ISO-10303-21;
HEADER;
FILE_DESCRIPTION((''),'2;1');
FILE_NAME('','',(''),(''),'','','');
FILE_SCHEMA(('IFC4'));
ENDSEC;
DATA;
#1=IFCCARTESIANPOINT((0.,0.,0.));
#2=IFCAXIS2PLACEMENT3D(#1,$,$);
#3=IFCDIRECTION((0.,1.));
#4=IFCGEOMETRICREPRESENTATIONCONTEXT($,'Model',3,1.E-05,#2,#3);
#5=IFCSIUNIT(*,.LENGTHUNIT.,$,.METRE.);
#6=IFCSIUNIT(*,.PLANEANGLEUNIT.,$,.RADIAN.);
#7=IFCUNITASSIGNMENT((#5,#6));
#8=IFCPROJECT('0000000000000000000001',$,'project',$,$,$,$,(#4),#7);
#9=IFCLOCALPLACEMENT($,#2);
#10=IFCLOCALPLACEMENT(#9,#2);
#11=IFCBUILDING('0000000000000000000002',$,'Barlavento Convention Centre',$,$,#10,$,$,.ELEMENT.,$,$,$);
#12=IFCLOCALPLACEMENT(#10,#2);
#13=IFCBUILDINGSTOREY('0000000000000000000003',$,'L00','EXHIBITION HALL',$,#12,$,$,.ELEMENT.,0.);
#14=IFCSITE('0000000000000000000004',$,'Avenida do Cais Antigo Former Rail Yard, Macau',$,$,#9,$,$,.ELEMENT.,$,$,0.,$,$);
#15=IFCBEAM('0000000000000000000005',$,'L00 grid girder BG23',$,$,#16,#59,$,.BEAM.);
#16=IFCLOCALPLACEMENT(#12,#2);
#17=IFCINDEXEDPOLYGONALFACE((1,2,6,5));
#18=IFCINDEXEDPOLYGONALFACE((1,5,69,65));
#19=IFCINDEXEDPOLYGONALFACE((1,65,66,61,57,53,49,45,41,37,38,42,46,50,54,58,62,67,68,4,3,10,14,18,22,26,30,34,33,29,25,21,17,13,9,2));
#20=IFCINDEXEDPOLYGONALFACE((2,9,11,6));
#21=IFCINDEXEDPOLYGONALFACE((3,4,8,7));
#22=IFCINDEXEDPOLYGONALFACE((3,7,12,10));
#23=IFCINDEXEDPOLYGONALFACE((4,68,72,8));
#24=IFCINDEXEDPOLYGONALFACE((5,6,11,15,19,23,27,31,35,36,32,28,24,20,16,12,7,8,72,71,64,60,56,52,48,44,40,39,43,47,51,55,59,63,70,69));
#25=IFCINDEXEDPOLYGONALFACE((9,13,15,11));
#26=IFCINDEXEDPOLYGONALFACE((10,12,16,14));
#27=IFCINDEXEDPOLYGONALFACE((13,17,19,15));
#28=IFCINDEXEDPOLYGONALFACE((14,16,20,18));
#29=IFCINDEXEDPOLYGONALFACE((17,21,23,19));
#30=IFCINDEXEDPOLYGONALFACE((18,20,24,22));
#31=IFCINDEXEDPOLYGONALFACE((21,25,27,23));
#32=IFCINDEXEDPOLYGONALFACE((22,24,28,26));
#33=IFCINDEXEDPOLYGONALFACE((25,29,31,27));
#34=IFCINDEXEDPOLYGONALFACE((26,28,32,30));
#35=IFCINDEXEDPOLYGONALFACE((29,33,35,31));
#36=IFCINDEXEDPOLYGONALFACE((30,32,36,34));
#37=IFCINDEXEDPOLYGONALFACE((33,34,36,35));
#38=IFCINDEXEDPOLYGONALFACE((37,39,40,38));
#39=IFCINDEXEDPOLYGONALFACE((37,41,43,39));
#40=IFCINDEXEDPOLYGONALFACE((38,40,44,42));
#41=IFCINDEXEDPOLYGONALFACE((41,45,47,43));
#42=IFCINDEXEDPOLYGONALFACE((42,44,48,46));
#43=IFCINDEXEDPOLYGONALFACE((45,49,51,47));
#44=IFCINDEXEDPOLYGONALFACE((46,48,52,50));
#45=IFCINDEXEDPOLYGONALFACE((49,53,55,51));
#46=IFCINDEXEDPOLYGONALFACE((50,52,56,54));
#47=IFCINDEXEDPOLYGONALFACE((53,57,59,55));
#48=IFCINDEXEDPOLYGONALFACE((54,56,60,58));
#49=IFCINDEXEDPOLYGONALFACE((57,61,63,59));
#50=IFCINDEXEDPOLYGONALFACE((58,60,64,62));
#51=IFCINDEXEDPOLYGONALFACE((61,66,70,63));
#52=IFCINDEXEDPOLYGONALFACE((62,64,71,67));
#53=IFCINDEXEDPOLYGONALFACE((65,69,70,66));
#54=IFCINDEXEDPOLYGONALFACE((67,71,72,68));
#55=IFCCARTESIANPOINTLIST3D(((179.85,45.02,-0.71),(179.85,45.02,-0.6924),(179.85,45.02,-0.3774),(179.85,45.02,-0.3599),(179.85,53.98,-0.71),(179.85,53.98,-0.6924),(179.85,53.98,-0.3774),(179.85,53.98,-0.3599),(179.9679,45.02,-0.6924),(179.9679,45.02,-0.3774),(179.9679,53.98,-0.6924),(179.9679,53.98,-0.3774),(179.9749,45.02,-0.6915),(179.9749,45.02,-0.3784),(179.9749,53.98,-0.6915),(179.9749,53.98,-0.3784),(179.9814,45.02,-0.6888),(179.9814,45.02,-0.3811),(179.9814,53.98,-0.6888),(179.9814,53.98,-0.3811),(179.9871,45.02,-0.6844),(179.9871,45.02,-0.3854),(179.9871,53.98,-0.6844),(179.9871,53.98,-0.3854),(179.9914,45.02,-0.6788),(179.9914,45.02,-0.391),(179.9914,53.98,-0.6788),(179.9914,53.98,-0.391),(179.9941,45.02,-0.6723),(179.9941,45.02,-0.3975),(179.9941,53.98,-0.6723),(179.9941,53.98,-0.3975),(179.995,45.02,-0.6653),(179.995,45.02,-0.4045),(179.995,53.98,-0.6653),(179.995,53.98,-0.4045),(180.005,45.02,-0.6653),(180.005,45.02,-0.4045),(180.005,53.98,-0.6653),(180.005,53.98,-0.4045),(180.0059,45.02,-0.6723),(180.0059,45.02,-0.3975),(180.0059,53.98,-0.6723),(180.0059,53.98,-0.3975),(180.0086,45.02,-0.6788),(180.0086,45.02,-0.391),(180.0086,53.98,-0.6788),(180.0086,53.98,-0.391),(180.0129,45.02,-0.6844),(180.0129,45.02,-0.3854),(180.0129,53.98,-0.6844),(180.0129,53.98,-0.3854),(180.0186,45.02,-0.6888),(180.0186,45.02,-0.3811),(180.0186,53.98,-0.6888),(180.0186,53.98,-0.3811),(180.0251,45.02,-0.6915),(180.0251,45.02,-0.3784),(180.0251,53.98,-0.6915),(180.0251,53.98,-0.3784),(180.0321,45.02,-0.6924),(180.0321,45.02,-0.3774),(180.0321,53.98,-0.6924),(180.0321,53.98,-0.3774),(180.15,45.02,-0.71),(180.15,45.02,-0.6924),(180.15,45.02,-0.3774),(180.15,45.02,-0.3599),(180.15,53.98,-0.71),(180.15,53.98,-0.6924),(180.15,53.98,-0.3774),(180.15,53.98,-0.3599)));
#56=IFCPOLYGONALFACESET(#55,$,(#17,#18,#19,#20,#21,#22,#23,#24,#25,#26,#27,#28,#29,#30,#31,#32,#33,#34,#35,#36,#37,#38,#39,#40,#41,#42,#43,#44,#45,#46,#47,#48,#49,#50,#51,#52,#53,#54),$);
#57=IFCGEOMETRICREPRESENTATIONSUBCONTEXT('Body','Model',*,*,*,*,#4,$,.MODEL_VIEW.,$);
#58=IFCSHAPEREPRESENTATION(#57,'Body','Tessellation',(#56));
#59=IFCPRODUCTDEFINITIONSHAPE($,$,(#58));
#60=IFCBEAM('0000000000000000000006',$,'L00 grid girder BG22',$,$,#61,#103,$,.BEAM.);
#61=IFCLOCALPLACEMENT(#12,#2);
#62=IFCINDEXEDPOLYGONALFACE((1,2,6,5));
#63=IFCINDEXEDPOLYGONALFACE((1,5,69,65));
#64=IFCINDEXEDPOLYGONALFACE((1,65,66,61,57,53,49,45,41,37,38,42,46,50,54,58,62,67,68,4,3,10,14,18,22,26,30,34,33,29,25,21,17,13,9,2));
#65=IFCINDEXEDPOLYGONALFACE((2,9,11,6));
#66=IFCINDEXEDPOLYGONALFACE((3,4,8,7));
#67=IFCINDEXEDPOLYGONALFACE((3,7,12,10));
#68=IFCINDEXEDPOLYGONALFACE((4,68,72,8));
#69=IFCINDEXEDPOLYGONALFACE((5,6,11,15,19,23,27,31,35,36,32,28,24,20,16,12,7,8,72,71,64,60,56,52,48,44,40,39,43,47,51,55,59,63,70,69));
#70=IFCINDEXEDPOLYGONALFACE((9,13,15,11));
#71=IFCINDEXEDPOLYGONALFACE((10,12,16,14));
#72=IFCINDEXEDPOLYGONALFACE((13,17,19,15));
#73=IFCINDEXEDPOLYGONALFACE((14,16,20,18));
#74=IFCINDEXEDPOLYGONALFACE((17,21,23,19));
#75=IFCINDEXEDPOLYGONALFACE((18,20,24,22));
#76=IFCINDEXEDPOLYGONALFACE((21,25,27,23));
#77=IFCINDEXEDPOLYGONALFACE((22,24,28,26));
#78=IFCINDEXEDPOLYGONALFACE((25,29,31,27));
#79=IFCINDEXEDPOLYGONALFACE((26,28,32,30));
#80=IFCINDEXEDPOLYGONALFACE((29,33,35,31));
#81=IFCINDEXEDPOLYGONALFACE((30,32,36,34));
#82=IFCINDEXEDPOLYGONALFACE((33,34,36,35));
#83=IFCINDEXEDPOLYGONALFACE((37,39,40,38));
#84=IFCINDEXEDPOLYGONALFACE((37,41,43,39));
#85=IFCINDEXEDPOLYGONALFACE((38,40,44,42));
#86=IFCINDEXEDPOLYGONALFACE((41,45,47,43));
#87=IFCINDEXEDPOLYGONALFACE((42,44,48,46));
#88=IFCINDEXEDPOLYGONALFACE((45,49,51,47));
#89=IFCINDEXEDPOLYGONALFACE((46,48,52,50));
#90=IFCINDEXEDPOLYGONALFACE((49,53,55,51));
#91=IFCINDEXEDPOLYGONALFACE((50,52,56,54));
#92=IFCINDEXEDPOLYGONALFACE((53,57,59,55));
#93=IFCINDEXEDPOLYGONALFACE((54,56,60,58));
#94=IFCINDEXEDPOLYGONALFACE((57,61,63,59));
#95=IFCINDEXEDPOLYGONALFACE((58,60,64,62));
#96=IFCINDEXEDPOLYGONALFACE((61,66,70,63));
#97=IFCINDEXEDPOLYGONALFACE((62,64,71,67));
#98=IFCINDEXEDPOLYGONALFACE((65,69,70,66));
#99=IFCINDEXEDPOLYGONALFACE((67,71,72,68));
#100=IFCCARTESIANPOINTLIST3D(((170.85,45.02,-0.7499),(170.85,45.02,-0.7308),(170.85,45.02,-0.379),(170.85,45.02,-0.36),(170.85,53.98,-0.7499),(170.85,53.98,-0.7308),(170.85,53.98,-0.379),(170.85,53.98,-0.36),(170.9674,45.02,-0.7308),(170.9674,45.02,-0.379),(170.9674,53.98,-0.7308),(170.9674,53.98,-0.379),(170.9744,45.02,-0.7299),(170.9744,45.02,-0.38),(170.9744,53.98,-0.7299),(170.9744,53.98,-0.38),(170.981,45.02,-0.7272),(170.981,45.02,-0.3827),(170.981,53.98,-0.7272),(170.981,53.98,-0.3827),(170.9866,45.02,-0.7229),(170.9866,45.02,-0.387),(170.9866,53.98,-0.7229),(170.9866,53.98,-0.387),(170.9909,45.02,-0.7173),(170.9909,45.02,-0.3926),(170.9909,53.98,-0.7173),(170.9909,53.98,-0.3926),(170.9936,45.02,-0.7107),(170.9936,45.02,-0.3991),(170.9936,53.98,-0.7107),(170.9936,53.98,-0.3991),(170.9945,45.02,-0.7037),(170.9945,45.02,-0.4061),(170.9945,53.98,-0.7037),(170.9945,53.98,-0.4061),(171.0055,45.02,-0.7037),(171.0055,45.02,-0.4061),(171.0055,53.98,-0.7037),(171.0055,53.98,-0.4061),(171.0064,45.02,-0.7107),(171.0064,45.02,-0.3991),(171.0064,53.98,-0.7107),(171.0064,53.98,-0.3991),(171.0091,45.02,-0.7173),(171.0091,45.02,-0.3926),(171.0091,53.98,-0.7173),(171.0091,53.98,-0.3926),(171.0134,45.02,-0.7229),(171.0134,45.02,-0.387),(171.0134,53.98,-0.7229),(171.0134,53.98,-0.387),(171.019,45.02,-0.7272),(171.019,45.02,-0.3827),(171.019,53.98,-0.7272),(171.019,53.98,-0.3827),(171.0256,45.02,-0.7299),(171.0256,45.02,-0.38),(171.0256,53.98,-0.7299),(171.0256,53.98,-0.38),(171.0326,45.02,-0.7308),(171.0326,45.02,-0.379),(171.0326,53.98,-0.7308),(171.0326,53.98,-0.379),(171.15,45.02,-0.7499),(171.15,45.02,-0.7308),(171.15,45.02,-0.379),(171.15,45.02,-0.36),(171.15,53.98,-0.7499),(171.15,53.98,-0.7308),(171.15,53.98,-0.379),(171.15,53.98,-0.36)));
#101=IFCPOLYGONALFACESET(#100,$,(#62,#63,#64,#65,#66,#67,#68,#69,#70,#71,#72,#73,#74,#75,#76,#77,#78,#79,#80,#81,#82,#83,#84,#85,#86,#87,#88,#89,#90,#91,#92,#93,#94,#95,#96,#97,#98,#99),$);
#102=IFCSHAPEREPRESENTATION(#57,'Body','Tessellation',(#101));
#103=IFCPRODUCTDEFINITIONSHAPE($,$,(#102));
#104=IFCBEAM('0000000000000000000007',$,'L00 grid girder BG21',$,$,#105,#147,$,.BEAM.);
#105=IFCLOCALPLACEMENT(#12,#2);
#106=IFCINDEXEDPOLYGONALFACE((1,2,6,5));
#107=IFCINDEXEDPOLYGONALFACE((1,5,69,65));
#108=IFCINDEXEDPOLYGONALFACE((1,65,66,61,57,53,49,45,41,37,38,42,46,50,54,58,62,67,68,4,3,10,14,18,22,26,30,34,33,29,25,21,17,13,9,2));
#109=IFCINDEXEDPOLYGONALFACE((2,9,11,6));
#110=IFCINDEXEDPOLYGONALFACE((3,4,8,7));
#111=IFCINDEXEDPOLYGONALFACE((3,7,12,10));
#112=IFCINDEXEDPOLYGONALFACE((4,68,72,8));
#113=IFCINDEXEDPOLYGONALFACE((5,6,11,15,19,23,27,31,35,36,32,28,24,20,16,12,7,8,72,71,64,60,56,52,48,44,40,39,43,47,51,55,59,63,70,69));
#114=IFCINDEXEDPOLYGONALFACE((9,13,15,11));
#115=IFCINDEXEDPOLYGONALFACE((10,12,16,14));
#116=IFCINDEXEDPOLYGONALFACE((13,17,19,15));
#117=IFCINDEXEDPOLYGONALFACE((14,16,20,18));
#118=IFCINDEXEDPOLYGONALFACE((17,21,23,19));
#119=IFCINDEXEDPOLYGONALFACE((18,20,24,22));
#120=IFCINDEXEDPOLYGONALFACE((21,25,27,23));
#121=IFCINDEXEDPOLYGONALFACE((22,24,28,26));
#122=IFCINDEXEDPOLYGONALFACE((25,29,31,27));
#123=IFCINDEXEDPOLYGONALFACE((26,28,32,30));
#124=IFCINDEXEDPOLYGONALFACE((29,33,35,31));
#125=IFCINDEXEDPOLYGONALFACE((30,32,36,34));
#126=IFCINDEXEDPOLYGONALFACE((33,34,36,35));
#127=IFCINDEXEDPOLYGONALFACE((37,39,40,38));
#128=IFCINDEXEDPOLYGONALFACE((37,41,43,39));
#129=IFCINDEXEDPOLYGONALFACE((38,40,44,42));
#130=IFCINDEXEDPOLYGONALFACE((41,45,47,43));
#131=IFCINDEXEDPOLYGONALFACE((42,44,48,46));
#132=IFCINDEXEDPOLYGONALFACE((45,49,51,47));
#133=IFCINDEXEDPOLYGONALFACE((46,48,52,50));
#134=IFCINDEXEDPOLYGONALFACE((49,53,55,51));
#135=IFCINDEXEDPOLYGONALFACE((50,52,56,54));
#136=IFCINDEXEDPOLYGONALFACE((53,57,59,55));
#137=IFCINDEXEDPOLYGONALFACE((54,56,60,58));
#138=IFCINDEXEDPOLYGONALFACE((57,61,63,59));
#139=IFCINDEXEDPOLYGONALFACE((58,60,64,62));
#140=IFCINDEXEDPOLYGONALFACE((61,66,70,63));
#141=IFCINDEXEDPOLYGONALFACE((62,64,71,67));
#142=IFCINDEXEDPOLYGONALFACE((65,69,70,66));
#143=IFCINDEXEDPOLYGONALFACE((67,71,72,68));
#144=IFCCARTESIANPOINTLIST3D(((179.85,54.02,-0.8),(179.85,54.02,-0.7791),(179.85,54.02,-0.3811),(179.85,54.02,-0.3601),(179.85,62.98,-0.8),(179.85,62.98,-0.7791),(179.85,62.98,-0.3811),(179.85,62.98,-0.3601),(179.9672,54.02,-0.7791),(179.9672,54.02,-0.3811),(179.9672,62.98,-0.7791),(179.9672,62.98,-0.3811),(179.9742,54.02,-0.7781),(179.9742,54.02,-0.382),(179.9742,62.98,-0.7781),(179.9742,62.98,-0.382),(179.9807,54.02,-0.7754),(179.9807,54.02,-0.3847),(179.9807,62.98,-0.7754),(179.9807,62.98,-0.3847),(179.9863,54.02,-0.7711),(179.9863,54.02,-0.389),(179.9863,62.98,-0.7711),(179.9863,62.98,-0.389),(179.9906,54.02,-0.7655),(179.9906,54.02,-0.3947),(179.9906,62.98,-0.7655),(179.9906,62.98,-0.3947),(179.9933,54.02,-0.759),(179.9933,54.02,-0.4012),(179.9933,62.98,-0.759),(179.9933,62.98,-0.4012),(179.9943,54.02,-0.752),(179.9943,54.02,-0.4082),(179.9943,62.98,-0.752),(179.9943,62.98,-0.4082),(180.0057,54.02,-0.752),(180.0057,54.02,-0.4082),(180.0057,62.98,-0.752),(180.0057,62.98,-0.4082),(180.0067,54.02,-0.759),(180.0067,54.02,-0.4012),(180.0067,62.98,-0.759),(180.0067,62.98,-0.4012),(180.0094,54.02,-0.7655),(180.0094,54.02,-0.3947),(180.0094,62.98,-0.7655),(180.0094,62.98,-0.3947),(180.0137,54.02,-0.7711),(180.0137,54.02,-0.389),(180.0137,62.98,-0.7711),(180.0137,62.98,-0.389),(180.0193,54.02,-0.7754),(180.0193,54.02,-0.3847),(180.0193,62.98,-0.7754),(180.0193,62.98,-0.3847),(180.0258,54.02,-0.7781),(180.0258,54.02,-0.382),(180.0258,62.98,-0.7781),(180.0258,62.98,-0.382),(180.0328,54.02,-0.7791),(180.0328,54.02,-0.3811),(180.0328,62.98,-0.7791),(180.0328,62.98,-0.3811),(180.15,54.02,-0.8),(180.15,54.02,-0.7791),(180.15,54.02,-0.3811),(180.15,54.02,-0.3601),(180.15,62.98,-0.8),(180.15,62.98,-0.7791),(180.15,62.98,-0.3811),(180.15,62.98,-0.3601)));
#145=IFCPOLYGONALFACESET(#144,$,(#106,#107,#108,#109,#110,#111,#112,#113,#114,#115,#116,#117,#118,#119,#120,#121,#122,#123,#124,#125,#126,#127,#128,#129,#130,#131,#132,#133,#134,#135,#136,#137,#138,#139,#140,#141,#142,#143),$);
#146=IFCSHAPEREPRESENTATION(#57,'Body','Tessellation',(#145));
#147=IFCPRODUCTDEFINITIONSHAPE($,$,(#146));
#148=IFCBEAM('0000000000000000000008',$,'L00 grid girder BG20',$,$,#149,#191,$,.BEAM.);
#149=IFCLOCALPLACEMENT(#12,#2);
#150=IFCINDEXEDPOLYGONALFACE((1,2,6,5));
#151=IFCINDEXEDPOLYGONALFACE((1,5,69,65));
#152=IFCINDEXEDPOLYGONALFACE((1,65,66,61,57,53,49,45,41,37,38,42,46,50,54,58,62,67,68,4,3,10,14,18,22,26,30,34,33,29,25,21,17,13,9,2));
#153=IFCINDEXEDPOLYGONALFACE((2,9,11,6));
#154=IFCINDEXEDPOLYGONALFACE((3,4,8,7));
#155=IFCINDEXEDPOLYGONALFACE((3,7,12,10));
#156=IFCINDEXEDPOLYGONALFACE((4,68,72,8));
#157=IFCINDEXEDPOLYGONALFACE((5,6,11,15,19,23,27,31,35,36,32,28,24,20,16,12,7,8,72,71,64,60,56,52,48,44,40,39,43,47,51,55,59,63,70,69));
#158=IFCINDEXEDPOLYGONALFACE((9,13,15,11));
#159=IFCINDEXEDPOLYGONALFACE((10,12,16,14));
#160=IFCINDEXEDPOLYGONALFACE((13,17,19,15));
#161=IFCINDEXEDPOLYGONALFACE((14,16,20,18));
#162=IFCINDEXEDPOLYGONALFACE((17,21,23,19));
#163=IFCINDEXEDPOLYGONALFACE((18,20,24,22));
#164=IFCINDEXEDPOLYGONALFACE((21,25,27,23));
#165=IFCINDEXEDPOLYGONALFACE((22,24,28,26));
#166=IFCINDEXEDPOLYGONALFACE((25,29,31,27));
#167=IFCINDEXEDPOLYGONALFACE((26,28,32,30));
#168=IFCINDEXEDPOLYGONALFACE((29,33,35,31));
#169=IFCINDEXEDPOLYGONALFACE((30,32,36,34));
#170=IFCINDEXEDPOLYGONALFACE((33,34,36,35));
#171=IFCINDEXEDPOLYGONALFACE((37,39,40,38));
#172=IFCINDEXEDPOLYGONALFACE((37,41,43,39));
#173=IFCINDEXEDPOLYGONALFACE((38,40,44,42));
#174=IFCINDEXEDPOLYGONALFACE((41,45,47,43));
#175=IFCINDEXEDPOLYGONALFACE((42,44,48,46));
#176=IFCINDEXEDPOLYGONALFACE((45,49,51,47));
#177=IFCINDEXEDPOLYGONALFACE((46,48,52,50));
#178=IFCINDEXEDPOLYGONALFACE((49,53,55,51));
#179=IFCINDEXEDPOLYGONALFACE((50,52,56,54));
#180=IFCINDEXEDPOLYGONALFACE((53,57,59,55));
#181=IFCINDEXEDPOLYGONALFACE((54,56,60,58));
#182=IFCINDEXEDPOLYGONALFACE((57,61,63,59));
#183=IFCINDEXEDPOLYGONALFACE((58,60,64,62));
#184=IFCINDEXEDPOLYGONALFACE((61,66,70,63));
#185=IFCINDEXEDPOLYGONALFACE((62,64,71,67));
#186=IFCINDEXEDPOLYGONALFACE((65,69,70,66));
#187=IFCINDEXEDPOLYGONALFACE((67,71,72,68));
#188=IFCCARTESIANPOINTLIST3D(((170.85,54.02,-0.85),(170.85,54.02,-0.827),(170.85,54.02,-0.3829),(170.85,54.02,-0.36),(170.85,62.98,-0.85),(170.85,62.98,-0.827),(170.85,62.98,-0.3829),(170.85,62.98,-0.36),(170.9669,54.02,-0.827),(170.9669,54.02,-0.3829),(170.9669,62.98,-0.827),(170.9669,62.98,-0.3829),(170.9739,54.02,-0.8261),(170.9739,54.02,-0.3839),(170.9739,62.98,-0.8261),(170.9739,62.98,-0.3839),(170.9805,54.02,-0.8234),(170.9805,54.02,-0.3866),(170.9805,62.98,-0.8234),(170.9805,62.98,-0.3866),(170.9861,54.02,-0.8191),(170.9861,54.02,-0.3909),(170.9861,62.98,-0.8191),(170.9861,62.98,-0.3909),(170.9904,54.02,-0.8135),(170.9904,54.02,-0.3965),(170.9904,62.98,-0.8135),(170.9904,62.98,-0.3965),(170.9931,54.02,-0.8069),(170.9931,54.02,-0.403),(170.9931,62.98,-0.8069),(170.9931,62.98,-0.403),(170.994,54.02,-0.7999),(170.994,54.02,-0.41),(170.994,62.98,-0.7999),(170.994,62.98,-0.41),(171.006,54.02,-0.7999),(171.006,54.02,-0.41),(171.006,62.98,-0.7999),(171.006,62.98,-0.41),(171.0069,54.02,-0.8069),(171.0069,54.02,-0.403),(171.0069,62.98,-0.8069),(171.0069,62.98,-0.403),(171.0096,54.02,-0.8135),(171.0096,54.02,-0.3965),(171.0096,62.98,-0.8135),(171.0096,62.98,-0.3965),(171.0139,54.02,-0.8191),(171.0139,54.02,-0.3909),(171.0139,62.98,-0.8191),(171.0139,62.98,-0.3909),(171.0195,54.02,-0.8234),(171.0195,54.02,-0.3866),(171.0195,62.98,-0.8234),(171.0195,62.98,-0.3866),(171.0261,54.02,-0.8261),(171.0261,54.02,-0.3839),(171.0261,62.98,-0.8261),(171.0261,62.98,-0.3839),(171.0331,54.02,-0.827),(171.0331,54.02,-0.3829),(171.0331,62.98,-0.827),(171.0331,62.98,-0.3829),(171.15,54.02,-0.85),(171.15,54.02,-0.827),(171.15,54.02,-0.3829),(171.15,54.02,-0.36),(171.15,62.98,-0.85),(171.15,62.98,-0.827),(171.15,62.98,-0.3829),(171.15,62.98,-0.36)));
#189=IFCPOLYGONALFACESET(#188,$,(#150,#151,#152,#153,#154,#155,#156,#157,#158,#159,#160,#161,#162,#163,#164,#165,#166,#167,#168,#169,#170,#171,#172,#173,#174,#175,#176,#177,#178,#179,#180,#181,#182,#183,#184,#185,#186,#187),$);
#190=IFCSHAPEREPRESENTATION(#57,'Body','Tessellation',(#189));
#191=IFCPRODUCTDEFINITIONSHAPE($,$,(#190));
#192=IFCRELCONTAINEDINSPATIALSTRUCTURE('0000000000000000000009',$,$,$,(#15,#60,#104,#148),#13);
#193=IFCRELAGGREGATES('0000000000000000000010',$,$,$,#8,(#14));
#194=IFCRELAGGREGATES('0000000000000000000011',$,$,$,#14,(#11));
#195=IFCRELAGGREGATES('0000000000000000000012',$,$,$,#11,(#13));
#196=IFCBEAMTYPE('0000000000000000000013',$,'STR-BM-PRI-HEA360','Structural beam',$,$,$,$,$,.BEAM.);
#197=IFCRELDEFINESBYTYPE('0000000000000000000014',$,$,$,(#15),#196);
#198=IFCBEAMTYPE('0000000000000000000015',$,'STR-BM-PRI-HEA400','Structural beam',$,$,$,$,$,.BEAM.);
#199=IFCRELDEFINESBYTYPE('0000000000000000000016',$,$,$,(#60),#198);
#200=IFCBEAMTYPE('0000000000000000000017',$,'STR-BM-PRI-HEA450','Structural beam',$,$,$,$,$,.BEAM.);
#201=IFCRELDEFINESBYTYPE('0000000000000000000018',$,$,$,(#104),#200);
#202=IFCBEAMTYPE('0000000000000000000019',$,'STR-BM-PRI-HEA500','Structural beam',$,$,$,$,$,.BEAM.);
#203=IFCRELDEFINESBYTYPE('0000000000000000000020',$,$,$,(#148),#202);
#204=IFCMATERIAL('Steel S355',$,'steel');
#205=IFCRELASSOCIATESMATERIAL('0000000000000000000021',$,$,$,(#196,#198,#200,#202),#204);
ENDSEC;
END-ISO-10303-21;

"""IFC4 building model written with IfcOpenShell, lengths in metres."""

from ifc_helpers import new_model, si_unit, direction, frame, origin, origin_2d, place, context, subcontext, project, spatial, i_section, extrude, material, material_profile, profile_set, type_object, element, save


model = new_model("IFC4")

# Units and contexts
model_context = context("Model", 3, precision=1e-05, world=origin(), true_north=direction((0.0, 1.0)))
body_context = subcontext(model_context, "Body", "Model", "MODEL_VIEW")
ifc_project = project(units=[si_unit("LENGTHUNIT", "METRE"), si_unit("PLANEANGLEUNIT", "RADIAN")], contexts=[model_context])

# Site, building, storey
site_placement = place(None, origin())
site = spatial("IfcSite", under=ifc_project, at=site_placement, Name="Avenida do Cais Antigo Former Rail Yard, Macau", CompositionType="ELEMENT", RefElevation=0.0)
building_placement = place(site_placement, origin())
building = spatial("IfcBuilding", under=site, at=building_placement, Name="Barlavento Convention Centre", CompositionType="ELEMENT")
storey_placement = place(building_placement, origin())
storey = spatial("IfcBuildingStorey", under=building, at=storey_placement, Name="L00", Description="EXHIBITION HALL", CompositionType="ELEMENT", Elevation=0.0)

# Beams
ifc_material_1 = material(Name="Steel S355", Category="steel")
ifc_material_profile_1 = material_profile(ifc_material_1, i_section(OverallWidth=0.3, OverallDepth=0.3501, WebThickness=0.01, FlangeThickness=0.0176, FilletRadius=0.0271, at=origin_2d()), Name="HEA 360")
ifc_profile_set_1 = profile_set([ifc_material_profile_1], Name="Steel S355")
beam_type_1 = type_object("IfcBeamType", Name="STR-BM-PRI-HEA360", Description="Structural beam", PredefinedType="BEAM", material=ifc_profile_set_1)
beam_1_placement = place(storey_placement, frame((180.0, 45.02, -0.5349), z_axis=(0.0, 1.0, 0.0), x_axis=(-1.0, 0.0, 0.0)))
element("IfcBeam", 1, at=beam_1_placement, inside=storey, type_object=beam_type_1, Name="L00 grid girder BG23", PredefinedType="BEAM", context=body_context, shape_type="SweptSolid", body=[
    extrude(i_section(OverallWidth=0.3, OverallDepth=0.3501, WebThickness=0.01, FlangeThickness=0.0176, FilletRadius=0.0271, at=origin_2d()), origin(), (0.0, 0.0, 1.0), 8.96),
])
ifc_material_profile_2 = material_profile(ifc_material_1, i_section(OverallWidth=0.3, OverallDepth=0.3899, WebThickness=0.011, FlangeThickness=0.019, FilletRadius=0.0271, at=origin_2d()), Name="HEA 400")
ifc_profile_set_2 = profile_set([ifc_material_profile_2], Name="Steel S355")
beam_type_2 = type_object("IfcBeamType", Name="STR-BM-PRI-HEA400", Description="Structural beam", PredefinedType="BEAM", material=ifc_profile_set_2)
beam_2_placement = place(storey_placement, frame((171.0, 45.02, -0.5549), z_axis=(0.0, 1.0, 0.0), x_axis=(-1.0, 0.0, 0.0)))
element("IfcBeam", 2, at=beam_2_placement, inside=storey, type_object=beam_type_2, Name="L00 grid girder BG22", PredefinedType="BEAM", context=body_context, shape_type="SweptSolid", body=[
    extrude(i_section(OverallWidth=0.3, OverallDepth=0.3899, WebThickness=0.011, FlangeThickness=0.019, FilletRadius=0.0271, at=origin_2d()), origin(), (0.0, 0.0, 1.0), 8.96),
])
ifc_material_profile_3 = material_profile(ifc_material_1, i_section(OverallWidth=0.3, OverallDepth=0.4399, WebThickness=0.0115, FlangeThickness=0.021, FilletRadius=0.0271, at=origin_2d()), Name="HEA 450")
ifc_profile_set_3 = profile_set([ifc_material_profile_3], Name="Steel S355")
beam_type_3 = type_object("IfcBeamType", Name="STR-BM-PRI-HEA450", Description="Structural beam", PredefinedType="BEAM", material=ifc_profile_set_3)
beam_3_placement = place(storey_placement, frame((180.0, 54.02, -0.5801), z_axis=(0.0, 1.0, 0.0), x_axis=(-1.0, 0.0, 0.0)))
element("IfcBeam", 3, at=beam_3_placement, inside=storey, type_object=beam_type_3, Name="L00 grid girder BG21", PredefinedType="BEAM", context=body_context, shape_type="SweptSolid", body=[
    extrude(i_section(OverallWidth=0.3, OverallDepth=0.4399, WebThickness=0.0115, FlangeThickness=0.021, FilletRadius=0.0271, at=origin_2d()), origin(), (0.0, 0.0, 1.0), 8.96),
])
ifc_material_profile_4 = material_profile(ifc_material_1, i_section(OverallWidth=0.3, OverallDepth=0.49, WebThickness=0.012, FlangeThickness=0.0229, FilletRadius=0.0271, at=origin_2d()), Name="HEA 500")
ifc_profile_set_4 = profile_set([ifc_material_profile_4], Name="Steel S355")
beam_type_4 = type_object("IfcBeamType", Name="STR-BM-PRI-HEA500", Description="Structural beam", PredefinedType="BEAM", material=ifc_profile_set_4)
beam_4_placement = place(storey_placement, frame((171.0, 54.02, -0.605), z_axis=(0.0, 1.0, 0.0), x_axis=(-1.0, 0.0, 0.0)))
element("IfcBeam", 4, at=beam_4_placement, inside=storey, type_object=beam_type_4, Name="L00 grid girder BG20", PredefinedType="BEAM", context=body_context, shape_type="SweptSolid", body=[
    extrude(i_section(OverallWidth=0.3, OverallDepth=0.49, WebThickness=0.012, FlangeThickness=0.0229, FilletRadius=0.0271, at=origin_2d()), origin(), (0.0, 0.0, 1.0), 8.96),
])

save(model, "model.ifc")
